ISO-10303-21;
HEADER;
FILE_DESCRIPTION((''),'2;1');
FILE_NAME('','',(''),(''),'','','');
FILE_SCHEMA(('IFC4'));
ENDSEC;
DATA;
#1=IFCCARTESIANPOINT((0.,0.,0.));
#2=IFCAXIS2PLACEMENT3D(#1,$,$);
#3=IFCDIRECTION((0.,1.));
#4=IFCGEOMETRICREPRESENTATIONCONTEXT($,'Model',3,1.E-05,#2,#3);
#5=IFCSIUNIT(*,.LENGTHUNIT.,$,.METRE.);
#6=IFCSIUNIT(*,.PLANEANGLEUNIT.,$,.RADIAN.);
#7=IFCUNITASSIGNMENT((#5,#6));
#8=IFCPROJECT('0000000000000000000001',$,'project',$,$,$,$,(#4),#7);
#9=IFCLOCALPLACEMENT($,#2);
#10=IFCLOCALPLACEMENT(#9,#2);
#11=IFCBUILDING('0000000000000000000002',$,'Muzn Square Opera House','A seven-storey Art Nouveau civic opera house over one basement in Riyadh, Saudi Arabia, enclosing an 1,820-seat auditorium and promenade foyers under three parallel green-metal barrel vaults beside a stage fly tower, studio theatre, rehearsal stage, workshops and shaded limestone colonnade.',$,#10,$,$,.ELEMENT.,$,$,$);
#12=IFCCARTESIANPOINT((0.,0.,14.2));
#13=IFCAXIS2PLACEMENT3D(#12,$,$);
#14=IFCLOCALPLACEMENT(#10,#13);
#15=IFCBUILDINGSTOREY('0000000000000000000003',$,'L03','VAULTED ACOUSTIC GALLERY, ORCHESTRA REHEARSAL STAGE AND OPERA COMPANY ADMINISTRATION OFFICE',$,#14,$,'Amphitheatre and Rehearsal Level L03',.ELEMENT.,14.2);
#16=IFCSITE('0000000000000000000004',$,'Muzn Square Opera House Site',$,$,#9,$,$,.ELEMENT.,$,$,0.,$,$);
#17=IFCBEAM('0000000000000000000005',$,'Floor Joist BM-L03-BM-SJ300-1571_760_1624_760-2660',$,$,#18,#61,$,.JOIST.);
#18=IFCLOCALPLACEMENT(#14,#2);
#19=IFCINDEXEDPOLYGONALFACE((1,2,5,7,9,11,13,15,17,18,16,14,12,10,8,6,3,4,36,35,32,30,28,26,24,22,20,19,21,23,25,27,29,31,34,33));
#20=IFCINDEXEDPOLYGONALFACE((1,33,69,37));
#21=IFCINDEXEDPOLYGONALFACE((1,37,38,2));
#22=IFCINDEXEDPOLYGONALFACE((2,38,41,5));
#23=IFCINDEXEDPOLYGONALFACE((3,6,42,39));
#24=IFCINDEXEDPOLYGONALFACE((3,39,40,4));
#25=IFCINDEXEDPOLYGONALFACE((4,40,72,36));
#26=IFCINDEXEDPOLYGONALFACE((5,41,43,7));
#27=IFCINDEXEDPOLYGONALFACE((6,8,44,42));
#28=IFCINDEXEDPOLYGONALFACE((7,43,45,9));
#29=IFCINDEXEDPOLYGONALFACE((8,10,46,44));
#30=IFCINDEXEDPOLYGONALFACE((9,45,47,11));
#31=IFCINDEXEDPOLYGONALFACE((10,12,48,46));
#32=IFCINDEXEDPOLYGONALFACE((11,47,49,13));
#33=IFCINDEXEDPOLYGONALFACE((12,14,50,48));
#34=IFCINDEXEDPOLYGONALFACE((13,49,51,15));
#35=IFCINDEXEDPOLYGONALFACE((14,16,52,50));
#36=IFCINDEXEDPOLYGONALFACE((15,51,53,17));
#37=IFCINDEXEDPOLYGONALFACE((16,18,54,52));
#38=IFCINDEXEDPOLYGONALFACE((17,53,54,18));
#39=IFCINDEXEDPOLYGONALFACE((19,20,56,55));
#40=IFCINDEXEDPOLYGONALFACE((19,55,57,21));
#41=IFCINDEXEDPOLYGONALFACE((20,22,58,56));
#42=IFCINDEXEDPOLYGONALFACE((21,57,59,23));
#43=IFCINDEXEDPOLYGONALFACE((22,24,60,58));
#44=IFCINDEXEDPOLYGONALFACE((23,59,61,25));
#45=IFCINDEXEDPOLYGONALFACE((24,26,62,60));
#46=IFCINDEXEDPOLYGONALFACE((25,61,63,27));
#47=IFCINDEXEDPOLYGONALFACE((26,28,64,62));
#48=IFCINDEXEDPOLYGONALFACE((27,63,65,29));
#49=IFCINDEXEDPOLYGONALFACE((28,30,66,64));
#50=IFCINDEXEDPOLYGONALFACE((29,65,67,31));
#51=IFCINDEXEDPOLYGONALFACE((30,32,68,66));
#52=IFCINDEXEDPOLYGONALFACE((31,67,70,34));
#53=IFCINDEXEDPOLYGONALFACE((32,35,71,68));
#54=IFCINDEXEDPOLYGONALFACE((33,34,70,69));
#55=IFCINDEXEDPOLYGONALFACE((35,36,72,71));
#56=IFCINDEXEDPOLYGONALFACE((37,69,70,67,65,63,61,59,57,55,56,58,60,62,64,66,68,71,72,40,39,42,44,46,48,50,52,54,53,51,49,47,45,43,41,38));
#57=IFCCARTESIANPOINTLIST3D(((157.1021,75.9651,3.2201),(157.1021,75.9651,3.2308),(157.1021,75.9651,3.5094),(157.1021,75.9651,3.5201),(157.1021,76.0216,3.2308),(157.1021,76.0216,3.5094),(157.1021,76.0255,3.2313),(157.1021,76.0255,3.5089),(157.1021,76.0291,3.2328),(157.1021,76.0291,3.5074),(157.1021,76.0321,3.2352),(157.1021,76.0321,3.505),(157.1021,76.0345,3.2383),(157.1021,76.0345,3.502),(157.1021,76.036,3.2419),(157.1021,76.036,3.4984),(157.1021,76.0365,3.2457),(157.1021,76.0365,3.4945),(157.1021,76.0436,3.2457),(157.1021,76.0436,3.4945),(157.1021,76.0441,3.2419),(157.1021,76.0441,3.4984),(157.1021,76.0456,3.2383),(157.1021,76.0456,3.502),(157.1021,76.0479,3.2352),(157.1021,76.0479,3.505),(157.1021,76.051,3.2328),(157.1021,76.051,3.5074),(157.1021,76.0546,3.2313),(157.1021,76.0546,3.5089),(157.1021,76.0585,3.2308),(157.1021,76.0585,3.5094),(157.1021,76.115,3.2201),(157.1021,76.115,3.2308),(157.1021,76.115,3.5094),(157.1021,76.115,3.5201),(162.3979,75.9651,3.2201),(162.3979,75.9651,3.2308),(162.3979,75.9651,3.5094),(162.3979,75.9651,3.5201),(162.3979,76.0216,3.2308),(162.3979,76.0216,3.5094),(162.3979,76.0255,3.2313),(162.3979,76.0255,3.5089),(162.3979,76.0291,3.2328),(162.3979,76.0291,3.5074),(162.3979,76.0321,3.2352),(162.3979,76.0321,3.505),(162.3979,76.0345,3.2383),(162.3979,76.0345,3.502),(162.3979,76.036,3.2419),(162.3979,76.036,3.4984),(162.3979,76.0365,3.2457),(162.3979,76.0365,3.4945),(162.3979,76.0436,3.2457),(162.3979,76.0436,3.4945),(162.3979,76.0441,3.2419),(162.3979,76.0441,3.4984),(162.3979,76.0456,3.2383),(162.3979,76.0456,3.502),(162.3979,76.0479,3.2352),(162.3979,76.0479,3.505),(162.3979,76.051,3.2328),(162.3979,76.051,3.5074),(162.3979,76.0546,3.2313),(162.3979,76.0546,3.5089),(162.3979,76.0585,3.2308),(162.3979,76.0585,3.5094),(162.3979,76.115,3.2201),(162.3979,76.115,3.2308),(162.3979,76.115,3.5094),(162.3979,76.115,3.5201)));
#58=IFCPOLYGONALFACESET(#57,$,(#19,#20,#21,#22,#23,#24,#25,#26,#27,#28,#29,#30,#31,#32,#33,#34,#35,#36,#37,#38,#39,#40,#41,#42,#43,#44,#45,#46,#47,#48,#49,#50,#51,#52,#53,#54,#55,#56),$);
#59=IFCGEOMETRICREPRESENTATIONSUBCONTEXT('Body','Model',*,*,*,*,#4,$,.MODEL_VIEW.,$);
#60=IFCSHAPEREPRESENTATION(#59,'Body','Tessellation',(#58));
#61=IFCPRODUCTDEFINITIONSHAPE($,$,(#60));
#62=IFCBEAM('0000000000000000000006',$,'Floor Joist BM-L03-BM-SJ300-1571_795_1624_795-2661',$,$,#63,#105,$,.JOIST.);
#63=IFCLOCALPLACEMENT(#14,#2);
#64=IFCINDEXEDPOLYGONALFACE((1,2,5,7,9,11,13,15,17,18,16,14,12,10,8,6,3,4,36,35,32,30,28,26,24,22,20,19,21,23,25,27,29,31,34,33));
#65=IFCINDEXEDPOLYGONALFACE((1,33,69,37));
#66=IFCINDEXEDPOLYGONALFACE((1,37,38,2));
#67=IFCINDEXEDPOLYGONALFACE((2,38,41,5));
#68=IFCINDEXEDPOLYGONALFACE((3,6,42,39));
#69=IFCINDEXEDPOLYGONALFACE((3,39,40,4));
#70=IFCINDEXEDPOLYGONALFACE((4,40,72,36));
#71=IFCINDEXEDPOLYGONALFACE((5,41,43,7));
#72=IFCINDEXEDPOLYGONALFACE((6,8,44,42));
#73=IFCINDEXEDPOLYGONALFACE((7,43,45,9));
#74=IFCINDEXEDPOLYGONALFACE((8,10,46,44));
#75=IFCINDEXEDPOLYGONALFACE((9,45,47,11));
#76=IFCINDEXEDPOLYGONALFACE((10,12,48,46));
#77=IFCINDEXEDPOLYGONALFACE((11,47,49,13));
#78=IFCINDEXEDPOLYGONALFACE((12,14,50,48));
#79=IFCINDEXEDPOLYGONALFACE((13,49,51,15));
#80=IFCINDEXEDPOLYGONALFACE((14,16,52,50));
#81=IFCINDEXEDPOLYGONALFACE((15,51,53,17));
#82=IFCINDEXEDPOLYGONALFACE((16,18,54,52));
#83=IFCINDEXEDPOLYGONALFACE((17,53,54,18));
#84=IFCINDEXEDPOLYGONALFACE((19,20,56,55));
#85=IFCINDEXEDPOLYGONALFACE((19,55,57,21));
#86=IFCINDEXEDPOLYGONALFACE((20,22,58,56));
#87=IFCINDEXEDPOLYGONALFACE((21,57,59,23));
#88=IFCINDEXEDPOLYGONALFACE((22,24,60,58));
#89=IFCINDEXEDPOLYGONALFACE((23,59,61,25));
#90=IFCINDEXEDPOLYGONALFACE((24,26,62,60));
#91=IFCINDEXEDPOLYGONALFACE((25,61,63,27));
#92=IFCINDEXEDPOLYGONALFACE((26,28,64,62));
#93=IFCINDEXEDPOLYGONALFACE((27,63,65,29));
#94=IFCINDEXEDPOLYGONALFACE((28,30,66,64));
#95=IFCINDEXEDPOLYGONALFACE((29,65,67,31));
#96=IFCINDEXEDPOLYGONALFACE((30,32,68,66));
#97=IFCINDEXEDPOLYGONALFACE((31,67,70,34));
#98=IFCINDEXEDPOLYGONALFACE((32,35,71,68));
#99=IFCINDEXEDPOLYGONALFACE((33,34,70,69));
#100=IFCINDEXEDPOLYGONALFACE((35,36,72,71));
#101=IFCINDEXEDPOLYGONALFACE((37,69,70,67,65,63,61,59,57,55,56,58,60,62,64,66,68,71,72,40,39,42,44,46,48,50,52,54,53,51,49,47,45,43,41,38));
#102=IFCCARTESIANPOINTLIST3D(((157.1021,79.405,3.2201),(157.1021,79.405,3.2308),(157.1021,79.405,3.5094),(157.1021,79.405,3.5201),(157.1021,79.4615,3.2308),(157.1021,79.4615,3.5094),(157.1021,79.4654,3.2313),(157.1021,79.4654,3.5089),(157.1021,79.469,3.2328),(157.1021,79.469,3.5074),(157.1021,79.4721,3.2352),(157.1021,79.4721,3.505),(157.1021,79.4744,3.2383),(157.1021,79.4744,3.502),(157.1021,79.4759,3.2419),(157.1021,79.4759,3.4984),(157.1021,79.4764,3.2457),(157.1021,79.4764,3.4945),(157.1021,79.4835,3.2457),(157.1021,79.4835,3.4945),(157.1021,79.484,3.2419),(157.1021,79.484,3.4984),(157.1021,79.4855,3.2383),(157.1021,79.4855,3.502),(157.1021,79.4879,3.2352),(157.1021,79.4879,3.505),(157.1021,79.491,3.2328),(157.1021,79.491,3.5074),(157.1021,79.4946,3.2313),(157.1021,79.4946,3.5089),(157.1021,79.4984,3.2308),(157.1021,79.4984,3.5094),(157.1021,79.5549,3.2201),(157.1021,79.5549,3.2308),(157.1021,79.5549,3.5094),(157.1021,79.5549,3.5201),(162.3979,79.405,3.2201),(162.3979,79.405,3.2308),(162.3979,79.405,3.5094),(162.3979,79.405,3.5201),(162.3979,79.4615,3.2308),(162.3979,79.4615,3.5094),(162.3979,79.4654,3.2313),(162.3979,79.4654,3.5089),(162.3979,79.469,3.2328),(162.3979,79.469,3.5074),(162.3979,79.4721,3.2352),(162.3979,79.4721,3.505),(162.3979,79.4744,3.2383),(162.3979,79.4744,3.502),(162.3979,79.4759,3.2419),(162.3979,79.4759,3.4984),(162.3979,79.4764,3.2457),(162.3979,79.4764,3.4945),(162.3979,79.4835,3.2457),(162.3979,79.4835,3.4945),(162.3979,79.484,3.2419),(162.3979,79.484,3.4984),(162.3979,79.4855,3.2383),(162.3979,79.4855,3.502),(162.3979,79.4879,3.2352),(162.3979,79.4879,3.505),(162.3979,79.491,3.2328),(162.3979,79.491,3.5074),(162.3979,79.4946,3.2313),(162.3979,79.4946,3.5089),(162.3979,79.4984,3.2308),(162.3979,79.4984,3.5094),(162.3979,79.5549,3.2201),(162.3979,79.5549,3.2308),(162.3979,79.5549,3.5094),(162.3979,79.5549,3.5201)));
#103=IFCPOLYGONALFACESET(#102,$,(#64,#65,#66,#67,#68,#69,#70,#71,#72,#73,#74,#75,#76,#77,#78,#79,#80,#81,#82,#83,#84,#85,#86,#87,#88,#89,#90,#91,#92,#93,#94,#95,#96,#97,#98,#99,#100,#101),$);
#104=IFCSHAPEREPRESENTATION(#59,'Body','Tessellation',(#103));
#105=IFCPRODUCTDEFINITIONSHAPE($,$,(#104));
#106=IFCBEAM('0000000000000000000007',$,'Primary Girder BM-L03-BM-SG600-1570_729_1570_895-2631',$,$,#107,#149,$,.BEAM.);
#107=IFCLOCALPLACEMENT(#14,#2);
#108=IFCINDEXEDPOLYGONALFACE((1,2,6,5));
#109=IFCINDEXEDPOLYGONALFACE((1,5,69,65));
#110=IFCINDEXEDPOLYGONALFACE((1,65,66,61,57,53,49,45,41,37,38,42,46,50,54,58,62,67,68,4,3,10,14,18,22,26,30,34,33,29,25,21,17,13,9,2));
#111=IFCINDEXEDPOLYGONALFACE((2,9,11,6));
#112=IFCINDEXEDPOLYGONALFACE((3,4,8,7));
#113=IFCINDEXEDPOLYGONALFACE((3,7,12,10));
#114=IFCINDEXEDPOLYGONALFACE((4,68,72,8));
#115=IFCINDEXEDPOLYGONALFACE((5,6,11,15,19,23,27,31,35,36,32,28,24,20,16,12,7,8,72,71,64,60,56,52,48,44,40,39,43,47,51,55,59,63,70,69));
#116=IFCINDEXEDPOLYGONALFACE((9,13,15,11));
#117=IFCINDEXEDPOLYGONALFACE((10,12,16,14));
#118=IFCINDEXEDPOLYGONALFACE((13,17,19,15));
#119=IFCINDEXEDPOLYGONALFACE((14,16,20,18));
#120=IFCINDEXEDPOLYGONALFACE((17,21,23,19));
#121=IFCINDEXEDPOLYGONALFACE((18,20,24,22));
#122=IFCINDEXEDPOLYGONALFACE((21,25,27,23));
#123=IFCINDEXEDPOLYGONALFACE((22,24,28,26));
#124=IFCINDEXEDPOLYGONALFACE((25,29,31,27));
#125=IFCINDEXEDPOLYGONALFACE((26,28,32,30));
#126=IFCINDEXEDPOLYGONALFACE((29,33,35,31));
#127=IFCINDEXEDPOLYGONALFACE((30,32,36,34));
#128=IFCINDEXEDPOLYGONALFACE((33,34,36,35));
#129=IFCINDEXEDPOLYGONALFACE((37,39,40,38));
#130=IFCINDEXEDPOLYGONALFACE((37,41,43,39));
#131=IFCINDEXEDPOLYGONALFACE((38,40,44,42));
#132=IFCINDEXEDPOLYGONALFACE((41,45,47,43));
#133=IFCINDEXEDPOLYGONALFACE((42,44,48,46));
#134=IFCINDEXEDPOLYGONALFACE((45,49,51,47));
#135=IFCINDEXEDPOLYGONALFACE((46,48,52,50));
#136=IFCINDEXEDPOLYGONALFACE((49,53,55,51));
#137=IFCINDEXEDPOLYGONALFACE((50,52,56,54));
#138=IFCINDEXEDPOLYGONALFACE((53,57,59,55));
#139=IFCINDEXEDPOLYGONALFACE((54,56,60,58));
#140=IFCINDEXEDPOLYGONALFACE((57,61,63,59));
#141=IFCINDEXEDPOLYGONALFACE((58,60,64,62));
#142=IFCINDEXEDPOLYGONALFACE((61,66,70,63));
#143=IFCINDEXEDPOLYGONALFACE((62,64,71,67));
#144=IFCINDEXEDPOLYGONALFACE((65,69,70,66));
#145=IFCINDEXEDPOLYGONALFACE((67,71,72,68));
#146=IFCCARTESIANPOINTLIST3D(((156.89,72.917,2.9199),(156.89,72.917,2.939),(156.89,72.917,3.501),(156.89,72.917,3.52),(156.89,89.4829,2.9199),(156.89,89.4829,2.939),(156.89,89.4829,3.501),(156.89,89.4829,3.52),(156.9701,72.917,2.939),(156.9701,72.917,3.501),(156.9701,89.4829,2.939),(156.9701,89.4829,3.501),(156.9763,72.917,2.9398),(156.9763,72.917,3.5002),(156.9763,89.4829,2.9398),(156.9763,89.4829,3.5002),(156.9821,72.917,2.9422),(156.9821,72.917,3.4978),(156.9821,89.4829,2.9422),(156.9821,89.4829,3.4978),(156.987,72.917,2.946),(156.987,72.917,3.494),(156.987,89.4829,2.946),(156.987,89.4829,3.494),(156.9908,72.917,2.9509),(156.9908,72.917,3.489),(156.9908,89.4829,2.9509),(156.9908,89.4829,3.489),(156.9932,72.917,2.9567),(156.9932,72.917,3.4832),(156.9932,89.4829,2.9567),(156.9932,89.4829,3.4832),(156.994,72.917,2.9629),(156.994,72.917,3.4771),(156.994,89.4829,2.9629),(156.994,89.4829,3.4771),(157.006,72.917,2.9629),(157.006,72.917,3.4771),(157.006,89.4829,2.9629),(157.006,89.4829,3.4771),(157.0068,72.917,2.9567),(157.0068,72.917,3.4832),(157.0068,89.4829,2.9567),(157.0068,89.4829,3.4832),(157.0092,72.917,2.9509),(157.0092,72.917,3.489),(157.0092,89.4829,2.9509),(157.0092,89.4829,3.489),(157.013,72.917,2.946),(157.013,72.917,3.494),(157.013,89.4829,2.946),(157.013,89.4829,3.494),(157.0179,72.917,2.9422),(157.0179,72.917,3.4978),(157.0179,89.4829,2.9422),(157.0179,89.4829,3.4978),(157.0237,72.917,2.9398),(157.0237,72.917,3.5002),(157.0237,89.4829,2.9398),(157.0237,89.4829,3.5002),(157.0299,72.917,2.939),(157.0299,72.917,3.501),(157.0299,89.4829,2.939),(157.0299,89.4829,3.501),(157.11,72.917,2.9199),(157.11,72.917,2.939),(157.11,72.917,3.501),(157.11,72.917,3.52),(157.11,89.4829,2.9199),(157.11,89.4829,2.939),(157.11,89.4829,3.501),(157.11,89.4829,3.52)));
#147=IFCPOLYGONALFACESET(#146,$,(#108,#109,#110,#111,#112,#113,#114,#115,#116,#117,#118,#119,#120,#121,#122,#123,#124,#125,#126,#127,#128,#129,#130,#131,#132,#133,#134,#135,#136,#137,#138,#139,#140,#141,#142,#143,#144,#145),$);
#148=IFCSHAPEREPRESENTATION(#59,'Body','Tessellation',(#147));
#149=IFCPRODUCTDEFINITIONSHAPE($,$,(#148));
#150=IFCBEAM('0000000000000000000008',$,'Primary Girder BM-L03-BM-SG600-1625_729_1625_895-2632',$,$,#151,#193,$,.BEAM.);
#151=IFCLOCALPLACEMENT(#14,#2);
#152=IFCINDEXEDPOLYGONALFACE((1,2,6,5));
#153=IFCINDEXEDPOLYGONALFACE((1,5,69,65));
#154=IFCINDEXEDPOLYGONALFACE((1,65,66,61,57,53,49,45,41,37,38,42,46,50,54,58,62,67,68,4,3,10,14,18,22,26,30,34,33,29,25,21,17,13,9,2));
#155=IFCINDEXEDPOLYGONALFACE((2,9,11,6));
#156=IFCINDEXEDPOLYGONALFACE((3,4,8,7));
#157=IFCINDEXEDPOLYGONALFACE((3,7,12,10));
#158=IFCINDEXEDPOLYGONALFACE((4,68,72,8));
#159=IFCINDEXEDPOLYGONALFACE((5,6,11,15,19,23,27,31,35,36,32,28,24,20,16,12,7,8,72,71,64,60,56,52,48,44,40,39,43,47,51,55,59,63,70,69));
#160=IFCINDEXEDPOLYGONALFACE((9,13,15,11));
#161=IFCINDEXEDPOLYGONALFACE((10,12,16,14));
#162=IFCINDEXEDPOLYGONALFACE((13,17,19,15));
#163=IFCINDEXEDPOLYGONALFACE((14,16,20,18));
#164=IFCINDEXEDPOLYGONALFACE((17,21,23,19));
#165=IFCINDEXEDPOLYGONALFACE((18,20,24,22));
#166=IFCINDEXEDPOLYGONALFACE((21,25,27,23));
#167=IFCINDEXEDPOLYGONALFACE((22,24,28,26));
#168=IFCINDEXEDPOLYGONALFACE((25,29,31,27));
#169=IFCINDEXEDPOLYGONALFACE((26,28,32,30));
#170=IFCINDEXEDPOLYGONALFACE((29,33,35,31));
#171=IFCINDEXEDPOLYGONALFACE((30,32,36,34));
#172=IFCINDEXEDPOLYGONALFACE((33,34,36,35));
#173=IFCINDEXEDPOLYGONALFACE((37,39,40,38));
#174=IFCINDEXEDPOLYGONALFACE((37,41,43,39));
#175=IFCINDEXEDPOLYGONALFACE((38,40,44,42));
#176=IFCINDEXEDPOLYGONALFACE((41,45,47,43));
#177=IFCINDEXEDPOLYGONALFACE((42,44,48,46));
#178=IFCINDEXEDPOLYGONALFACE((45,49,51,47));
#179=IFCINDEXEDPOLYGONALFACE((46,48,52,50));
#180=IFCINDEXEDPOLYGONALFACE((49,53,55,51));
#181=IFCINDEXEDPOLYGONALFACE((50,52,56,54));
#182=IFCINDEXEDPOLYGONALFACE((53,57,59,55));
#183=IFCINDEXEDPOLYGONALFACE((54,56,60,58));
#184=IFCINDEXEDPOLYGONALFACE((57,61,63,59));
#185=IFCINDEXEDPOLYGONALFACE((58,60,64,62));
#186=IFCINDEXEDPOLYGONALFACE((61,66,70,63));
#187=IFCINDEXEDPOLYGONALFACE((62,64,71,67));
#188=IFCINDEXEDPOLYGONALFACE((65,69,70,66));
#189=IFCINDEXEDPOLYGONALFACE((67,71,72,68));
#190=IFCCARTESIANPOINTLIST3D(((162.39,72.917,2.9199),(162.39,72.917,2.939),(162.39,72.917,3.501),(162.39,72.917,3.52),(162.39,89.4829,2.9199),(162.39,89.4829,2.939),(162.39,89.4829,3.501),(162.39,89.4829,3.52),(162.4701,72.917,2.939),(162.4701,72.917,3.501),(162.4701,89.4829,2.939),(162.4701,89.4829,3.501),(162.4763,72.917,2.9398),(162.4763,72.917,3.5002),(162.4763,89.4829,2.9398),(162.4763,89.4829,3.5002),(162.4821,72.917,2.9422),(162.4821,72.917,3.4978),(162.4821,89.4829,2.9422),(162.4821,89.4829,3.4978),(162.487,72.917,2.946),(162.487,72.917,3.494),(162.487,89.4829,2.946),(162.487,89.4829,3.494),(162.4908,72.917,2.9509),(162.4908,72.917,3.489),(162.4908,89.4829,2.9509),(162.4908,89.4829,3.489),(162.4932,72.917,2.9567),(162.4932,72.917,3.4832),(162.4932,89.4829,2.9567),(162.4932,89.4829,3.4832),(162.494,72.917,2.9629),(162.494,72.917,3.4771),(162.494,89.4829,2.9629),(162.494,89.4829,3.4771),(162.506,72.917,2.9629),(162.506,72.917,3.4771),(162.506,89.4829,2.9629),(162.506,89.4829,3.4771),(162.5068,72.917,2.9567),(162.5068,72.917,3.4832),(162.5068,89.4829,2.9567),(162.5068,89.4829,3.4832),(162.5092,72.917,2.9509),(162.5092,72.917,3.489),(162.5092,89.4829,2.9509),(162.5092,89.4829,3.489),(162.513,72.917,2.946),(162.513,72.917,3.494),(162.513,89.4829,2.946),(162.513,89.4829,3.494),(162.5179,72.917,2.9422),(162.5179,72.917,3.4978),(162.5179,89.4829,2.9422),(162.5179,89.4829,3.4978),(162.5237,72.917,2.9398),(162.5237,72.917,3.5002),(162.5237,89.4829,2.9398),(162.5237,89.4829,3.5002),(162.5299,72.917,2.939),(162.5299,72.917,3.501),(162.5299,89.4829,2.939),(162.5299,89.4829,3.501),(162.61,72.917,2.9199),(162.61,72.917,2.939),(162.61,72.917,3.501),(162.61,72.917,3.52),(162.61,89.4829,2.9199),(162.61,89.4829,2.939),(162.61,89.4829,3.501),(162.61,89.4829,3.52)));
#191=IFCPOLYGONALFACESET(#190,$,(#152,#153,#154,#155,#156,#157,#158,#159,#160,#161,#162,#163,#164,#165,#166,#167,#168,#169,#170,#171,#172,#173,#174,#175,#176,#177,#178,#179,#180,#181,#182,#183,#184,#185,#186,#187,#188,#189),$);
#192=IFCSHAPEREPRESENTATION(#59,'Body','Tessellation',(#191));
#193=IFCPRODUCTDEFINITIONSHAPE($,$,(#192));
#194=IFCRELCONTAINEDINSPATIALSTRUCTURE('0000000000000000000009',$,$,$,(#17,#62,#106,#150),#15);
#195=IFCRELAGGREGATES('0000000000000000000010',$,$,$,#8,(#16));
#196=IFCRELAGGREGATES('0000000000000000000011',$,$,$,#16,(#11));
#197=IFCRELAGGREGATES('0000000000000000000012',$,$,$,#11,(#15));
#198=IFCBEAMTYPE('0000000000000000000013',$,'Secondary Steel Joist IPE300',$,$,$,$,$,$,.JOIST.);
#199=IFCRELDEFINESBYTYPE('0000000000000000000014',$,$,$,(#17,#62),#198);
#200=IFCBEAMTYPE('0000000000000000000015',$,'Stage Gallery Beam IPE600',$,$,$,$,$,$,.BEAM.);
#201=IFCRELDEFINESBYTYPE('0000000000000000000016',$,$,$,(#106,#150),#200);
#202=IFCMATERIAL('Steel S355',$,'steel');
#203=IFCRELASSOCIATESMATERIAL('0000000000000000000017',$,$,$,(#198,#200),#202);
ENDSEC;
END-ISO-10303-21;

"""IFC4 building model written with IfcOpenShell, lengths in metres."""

from ifc_helpers import new_model, si_unit, direction, frame, origin, origin_2d, place, context, subcontext, project, spatial, i_section, extrude, material, material_profile, profile_set, type_object, element, save


model = new_model("IFC4")

# Units and contexts
model_context = context("Model", 3, precision=1e-05, world=origin(), true_north=direction((0.0, 1.0)))
body_context = subcontext(model_context, "Body", "Model", "MODEL_VIEW")
ifc_project = project(units=[si_unit("LENGTHUNIT", "METRE"), si_unit("PLANEANGLEUNIT", "RADIAN")], contexts=[model_context])

# Site, building, storey
site_placement = place(None, origin())
site = spatial("IfcSite", under=ifc_project, at=site_placement, Name="Muzn Square Opera House Site", CompositionType="ELEMENT", RefElevation=0.0)
building_placement = place(site_placement, origin())
building = spatial("IfcBuilding", under=site, at=building_placement, Name="Muzn Square Opera House", Description="A seven-storey Art Nouveau civic opera house over one basement in Riyadh, Saudi Arabia, enclosing an 1,820-seat auditorium and promenade foyers under three parallel green-metal barrel vaults beside a stage fly tower, studio theatre, rehearsal stage, workshops and shaded limestone colonnade.", CompositionType="ELEMENT")
storey_placement = place(building_placement, frame((0.0, 0.0, 14.2)))
storey = spatial("IfcBuildingStorey", under=building, at=storey_placement, Name="L03", Description="VAULTED ACOUSTIC GALLERY, ORCHESTRA REHEARSAL STAGE AND OPERA COMPANY ADMINISTRATION OFFICE", LongName="Amphitheatre and Rehearsal Level L03", CompositionType="ELEMENT", Elevation=14.2)

# Beams
ifc_material_1 = material(Name="Steel S355", Category="steel")
ifc_material_profile_1 = material_profile(ifc_material_1, i_section(OverallWidth=0.1499, OverallDepth=0.3, WebThickness=0.0071, FlangeThickness=0.0107, FilletRadius=0.0149, at=origin_2d()), Name="IPE 300", Category="steel")
ifc_profile_set_1 = profile_set([ifc_material_profile_1], Name="Steel S355")
beam_type_1 = type_object("IfcBeamType", Name="Secondary Steel Joist IPE300", PredefinedType="JOIST", material=ifc_profile_set_1)
for number, where, z_axis, x_axis, name in (
    (1, (157.1021, 76.04, 3.3701), (1.0, 0.0, 0.0), (0.0, 1.0, 0.0), "Floor Joist BM-L03-BM-SJ300-1571_760_1624_760-2660"),
    (2, (157.1021, 79.48, 3.3701), (1.0, 0.0, 0.0), (0.0, 1.0, 0.0), "Floor Joist BM-L03-BM-SJ300-1571_795_1624_795-2661"),
):
    element("IfcBeam", number, at=place(storey_placement, frame(where, z_axis=z_axis, x_axis=x_axis)), inside=storey, type_object=beam_type_1, Name=name, PredefinedType="JOIST", context=body_context, shape_type="SweptSolid", body=[
        extrude(i_section(OverallWidth=0.1499, OverallDepth=0.3, WebThickness=0.0071, FlangeThickness=0.0107, FilletRadius=0.0149, at=origin_2d()), origin(), (0.0, 0.0, 1.0), 5.2959),
    ])
ifc_material_profile_2 = material_profile(ifc_material_1, i_section(OverallWidth=0.22, OverallDepth=0.6001, WebThickness=0.012, FlangeThickness=0.019, FilletRadius=0.0239, at=origin_2d()), Name="IPE 600", Category="steel")
ifc_profile_set_2 = profile_set([ifc_material_profile_2], Name="Steel S355")
beam_type_2 = type_object("IfcBeamType", Name="Stage Gallery Beam IPE600", PredefinedType="BEAM", material=ifc_profile_set_2)
for number, where, z_axis, x_axis, name in (
    (3, (157.0, 72.917, 3.22), (0.0, 1.0, 0.0), (-1.0, 0.0, 0.0), "Primary Girder BM-L03-BM-SG600-1570_729_1570_895-2631"),
    (4, (162.5, 72.917, 3.22), (0.0, 1.0, 0.0), (-1.0, 0.0, 0.0), "Primary Girder BM-L03-BM-SG600-1625_729_1625_895-2632"),
):
    element("IfcBeam", number, at=place(storey_placement, frame(where, z_axis=z_axis, x_axis=x_axis)), inside=storey, type_object=beam_type_2, Name=name, PredefinedType="BEAM", context=body_context, shape_type="SweptSolid", body=[
        extrude(i_section(OverallWidth=0.22, OverallDepth=0.6001, WebThickness=0.012, FlangeThickness=0.019, FilletRadius=0.0239, at=origin_2d()), origin(), (0.0, 0.0, 1.0), 16.5659),
    ])

save(model, "model.ifc")
